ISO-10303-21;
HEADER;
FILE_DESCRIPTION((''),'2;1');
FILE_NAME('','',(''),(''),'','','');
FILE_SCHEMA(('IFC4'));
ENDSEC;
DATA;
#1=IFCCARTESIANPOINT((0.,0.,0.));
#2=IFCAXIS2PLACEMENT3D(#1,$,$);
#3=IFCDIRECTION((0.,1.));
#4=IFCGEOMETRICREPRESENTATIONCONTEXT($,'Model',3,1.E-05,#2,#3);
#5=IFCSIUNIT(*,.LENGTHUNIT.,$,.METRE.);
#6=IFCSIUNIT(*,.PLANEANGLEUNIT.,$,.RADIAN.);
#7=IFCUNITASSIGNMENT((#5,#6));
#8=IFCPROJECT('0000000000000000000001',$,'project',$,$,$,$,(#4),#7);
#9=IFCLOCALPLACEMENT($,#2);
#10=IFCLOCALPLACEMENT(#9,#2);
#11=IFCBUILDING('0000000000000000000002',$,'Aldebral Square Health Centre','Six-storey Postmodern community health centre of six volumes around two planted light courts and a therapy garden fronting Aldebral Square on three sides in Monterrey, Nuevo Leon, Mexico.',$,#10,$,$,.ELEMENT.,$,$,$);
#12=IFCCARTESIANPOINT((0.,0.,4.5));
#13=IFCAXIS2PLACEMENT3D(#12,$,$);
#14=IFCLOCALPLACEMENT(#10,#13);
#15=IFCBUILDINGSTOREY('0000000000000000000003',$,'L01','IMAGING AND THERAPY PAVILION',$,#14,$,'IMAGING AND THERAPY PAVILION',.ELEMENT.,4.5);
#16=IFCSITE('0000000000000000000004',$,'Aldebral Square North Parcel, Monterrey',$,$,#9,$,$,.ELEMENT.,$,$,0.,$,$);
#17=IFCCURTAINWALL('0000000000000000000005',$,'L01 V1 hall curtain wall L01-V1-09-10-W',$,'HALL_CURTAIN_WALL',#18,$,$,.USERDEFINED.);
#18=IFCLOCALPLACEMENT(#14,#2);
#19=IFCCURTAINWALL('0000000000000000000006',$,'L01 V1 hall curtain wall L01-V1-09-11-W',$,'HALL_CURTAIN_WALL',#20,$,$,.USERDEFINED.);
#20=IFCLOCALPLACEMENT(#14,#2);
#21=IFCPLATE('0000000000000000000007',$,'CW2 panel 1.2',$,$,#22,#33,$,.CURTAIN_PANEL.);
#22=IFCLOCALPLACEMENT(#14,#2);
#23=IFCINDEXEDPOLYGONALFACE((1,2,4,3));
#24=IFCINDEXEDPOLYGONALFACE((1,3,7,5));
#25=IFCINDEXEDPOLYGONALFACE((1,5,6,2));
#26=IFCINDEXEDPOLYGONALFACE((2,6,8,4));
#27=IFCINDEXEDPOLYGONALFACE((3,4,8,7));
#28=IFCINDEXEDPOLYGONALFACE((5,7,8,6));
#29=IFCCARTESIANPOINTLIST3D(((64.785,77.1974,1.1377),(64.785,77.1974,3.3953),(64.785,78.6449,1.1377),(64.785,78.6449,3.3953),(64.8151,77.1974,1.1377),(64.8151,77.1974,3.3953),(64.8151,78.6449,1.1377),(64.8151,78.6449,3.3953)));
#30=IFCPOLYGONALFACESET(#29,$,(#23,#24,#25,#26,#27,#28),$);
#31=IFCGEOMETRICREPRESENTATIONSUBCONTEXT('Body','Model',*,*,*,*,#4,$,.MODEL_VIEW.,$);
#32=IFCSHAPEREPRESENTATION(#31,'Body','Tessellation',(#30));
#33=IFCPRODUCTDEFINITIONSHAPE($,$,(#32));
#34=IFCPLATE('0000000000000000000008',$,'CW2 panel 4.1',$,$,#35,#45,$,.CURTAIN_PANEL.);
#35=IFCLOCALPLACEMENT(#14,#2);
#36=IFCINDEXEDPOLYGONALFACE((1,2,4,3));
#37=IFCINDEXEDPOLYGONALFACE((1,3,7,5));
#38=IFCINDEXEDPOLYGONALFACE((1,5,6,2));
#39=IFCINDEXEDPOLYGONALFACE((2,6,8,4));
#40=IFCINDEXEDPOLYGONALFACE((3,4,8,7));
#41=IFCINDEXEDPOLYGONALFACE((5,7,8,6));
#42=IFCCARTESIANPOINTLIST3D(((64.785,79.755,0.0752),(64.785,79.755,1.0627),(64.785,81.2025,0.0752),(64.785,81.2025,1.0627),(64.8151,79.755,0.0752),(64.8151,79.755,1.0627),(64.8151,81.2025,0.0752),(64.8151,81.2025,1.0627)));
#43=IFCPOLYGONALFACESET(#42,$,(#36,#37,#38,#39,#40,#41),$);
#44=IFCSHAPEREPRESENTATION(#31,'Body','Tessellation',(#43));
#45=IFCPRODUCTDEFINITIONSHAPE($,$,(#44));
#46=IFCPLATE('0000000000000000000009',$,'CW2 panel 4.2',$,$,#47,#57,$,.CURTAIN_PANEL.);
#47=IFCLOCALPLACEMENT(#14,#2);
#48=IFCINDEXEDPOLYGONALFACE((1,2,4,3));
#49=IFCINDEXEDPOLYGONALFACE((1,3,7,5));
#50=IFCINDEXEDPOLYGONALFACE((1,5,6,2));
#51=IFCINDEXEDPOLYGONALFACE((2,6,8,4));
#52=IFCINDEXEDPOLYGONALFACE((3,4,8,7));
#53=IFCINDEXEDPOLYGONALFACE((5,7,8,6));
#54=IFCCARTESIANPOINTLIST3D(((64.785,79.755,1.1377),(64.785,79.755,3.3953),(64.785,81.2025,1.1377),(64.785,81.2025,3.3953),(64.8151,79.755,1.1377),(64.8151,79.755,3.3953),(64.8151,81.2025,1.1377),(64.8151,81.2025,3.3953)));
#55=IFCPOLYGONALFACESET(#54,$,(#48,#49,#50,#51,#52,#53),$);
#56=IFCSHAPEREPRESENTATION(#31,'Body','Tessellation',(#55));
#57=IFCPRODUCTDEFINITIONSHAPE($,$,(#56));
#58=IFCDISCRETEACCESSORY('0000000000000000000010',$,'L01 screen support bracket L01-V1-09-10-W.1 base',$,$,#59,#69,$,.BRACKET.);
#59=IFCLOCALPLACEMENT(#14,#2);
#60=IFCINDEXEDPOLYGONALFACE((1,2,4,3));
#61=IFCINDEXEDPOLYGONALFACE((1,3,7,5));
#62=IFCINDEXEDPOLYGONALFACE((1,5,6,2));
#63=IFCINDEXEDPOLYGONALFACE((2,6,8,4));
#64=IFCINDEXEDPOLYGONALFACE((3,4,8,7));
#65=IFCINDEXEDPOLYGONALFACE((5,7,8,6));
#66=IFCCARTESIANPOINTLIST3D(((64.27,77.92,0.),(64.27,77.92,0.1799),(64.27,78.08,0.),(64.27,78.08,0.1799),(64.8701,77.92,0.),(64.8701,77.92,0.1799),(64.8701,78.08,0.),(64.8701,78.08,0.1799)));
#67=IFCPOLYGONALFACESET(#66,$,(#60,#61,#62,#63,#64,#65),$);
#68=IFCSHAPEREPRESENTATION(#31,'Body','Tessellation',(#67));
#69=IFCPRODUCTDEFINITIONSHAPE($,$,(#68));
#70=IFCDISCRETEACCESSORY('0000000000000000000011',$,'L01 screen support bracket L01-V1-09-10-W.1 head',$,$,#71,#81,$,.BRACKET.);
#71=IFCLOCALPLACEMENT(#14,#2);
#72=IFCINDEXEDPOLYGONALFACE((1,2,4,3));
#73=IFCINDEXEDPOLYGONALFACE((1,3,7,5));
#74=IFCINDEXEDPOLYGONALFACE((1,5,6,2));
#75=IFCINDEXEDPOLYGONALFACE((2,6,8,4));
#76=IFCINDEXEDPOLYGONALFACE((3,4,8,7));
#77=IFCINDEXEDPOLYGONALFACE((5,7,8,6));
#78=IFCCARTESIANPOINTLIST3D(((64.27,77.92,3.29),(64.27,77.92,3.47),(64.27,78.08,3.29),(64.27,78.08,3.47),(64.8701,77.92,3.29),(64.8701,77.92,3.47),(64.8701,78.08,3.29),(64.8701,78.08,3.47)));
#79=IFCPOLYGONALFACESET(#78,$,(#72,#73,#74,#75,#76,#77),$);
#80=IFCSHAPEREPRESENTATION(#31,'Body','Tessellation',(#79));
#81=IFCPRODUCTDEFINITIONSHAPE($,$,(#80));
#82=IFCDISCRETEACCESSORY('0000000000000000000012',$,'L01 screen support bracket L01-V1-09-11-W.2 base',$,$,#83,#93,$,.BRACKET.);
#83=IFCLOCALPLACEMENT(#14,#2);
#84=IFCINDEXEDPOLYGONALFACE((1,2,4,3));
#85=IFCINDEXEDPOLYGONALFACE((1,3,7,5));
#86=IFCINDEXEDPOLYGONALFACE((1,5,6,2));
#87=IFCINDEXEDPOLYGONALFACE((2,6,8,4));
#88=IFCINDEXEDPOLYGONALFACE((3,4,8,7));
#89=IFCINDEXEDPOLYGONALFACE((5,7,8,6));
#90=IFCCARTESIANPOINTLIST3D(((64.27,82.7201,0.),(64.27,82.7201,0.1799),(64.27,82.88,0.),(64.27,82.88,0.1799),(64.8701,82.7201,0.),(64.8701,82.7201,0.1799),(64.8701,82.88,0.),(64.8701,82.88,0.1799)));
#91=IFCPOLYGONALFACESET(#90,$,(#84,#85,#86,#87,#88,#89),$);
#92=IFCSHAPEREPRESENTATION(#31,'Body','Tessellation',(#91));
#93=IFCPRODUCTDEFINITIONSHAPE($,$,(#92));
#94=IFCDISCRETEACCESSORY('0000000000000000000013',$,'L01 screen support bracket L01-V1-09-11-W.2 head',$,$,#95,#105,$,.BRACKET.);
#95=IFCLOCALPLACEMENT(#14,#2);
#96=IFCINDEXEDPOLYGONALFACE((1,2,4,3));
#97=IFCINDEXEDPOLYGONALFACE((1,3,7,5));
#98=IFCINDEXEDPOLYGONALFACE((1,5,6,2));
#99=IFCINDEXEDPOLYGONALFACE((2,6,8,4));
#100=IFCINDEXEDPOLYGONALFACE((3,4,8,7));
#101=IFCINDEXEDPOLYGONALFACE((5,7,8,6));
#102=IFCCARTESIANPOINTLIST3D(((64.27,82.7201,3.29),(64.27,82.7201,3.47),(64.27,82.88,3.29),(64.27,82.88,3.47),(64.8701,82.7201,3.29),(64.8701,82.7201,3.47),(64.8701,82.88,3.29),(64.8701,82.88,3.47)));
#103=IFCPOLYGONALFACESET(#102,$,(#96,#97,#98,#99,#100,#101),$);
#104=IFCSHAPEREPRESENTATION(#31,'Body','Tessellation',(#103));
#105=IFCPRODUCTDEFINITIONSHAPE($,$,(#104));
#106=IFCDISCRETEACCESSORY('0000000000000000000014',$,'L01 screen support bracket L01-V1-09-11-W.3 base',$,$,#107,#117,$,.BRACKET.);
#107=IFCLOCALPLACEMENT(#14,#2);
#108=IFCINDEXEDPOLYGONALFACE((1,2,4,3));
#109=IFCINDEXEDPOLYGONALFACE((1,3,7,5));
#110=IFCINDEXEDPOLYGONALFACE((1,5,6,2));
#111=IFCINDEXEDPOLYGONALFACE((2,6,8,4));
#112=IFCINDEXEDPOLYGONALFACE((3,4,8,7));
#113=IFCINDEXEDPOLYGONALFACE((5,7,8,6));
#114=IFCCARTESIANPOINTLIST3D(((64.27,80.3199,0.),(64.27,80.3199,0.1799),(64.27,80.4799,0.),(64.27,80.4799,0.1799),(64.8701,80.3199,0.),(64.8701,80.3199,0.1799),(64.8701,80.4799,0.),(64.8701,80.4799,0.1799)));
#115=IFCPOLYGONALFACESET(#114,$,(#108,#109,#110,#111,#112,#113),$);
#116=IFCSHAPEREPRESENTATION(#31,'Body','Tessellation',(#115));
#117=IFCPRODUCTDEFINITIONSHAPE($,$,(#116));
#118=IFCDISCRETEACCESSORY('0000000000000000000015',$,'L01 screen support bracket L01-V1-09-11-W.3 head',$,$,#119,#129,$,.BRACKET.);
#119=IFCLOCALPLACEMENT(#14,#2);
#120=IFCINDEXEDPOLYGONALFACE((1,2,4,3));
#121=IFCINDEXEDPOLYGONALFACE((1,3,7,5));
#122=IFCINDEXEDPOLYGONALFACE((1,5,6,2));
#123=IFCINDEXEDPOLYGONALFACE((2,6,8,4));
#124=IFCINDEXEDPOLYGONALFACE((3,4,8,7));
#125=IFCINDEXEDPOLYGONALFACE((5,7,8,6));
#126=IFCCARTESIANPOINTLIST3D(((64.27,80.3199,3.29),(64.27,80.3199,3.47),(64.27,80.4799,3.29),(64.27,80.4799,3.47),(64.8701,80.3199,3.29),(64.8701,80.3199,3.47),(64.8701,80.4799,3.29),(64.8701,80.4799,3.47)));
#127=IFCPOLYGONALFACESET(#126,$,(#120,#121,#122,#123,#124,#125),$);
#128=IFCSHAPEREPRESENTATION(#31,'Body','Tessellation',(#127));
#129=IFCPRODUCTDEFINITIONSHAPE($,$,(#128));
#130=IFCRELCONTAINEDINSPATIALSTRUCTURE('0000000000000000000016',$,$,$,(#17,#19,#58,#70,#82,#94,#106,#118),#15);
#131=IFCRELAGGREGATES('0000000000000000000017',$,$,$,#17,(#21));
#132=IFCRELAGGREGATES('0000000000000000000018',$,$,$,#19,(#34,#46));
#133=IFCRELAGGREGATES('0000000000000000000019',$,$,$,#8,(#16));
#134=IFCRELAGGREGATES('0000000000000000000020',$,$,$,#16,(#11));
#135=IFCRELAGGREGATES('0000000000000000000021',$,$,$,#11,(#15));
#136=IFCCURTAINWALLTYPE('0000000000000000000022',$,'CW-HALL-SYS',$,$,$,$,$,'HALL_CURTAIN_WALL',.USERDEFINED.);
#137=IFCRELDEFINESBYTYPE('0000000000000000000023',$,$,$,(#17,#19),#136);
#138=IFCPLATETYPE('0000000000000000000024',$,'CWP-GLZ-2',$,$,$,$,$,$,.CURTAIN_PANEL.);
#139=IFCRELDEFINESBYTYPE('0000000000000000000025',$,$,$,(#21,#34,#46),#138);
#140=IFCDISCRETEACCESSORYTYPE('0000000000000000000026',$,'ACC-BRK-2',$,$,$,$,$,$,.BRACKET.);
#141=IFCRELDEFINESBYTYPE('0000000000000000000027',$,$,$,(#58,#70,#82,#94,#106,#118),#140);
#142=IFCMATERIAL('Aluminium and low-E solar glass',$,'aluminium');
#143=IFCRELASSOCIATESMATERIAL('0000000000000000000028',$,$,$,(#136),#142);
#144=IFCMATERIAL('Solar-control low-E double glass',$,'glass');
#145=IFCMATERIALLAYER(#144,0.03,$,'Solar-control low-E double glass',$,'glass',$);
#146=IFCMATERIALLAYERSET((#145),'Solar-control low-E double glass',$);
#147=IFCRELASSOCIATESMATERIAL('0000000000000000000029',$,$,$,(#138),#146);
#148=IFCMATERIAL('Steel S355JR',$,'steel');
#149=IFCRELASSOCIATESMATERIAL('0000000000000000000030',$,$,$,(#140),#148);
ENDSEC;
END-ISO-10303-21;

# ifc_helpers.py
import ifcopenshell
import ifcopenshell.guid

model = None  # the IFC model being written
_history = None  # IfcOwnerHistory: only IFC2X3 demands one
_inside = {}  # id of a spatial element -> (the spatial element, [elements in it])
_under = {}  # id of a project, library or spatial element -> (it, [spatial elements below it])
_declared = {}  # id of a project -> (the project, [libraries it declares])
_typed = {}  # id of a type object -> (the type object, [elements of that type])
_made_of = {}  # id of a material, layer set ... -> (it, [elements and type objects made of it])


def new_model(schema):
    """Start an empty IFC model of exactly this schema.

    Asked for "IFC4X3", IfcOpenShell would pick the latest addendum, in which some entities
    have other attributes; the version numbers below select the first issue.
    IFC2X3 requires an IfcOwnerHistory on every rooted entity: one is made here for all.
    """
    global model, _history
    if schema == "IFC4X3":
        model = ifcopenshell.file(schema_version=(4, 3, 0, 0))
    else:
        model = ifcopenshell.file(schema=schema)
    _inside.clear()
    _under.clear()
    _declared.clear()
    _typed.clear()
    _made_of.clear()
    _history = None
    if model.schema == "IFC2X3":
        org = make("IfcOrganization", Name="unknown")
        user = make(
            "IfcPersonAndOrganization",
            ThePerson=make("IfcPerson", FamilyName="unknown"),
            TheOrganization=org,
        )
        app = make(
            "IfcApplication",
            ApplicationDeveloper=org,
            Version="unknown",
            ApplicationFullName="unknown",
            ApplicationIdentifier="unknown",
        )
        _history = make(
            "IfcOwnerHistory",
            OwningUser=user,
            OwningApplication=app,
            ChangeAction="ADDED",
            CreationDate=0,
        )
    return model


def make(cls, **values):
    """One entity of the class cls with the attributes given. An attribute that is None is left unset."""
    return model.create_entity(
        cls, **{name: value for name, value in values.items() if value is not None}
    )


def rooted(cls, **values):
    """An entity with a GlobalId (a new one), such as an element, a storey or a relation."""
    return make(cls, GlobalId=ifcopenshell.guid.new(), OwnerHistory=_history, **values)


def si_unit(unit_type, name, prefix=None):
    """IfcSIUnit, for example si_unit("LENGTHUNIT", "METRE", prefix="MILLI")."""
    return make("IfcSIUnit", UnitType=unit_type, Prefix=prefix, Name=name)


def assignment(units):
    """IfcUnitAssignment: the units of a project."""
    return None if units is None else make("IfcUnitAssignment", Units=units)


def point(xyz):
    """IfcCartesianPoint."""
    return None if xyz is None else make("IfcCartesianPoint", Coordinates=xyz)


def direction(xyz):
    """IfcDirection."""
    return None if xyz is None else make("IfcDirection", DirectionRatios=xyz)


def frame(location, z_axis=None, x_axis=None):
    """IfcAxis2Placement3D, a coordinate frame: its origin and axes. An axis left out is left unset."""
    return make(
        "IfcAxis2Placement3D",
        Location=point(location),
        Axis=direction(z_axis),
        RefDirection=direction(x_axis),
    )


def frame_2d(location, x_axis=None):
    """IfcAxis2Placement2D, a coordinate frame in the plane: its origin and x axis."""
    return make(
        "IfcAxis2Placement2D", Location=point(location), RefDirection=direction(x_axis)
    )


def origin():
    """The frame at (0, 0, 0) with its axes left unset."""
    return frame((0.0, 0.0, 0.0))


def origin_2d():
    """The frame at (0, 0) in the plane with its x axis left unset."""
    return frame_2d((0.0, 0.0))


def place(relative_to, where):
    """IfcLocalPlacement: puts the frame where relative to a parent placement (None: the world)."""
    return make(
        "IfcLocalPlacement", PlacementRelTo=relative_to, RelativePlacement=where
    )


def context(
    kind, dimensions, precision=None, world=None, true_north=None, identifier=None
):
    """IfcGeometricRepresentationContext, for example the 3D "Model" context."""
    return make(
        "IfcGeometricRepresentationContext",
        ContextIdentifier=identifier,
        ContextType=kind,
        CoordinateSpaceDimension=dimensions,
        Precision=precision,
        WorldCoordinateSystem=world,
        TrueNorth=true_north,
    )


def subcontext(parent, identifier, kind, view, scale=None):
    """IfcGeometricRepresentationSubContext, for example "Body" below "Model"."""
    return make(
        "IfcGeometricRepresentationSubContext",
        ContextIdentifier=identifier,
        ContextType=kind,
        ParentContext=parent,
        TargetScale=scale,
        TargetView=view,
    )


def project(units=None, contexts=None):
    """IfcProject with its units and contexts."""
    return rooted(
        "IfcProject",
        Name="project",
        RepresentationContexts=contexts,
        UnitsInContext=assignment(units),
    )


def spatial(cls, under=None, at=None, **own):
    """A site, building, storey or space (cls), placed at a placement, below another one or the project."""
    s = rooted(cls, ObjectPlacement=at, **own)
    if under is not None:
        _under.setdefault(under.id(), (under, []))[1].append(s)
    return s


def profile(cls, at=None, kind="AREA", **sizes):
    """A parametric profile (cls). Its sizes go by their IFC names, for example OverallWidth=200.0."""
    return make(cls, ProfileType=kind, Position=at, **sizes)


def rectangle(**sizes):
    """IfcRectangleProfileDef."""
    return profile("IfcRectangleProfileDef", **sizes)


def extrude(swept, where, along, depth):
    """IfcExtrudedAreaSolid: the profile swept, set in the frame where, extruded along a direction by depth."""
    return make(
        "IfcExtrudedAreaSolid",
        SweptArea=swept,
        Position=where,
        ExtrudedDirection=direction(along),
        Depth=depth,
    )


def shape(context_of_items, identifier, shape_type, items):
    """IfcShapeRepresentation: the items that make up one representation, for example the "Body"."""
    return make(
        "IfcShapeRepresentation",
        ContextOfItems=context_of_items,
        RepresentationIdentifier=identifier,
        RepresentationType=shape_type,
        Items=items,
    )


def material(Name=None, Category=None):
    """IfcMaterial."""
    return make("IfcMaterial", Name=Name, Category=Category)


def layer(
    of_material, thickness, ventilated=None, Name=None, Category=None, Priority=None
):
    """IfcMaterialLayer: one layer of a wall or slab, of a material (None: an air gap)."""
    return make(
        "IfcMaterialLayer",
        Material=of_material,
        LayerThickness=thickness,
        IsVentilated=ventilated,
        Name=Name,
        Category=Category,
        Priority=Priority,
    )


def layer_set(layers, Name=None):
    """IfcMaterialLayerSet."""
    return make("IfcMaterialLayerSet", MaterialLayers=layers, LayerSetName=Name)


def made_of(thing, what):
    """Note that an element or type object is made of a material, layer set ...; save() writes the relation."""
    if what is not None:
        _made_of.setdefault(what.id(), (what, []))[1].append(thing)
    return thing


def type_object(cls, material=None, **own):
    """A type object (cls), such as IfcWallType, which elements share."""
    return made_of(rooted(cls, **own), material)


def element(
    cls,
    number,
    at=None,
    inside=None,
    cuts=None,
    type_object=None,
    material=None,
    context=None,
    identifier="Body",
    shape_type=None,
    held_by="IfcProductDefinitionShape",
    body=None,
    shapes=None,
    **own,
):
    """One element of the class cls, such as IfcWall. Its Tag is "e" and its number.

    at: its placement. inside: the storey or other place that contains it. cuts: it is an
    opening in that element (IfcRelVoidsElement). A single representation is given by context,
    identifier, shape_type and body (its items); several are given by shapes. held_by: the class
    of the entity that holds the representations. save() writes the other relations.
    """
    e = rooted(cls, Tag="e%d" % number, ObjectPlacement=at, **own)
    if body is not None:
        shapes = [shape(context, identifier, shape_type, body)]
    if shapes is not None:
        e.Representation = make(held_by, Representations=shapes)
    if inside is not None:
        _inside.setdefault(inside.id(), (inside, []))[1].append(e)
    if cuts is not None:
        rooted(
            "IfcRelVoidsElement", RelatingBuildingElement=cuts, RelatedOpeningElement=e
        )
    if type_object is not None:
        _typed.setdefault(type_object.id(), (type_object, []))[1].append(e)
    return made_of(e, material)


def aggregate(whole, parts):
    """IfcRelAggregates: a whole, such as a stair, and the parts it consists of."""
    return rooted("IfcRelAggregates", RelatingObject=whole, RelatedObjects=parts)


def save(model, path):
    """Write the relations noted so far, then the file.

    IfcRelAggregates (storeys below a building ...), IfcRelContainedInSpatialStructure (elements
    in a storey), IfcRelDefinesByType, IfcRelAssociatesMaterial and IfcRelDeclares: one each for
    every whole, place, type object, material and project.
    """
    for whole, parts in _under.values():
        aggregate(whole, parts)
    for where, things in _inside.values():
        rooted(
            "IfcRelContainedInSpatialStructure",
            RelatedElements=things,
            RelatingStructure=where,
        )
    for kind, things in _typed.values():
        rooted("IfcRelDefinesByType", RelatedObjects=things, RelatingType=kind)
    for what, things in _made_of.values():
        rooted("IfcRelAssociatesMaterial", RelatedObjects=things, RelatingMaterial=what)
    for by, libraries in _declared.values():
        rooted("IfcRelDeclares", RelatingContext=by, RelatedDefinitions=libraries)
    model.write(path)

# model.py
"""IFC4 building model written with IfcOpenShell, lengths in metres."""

from ifc_helpers import new_model, si_unit, direction, frame, origin, origin_2d, place, context, subcontext, project, spatial, rectangle, extrude, material, layer, layer_set, type_object, element, aggregate, save


model = new_model("IFC4")

# Units and contexts
model_context = context("Model", 3, precision=1e-05, world=origin(), true_north=direction((0.0, 1.0)))
body_context = subcontext(model_context, "Body", "Model", "MODEL_VIEW")
ifc_project = project(units=[si_unit("LENGTHUNIT", "METRE"), si_unit("PLANEANGLEUNIT", "RADIAN")], contexts=[model_context])

# Site, building, storey
site_placement = place(None, origin())
site = spatial("IfcSite", under=ifc_project, at=site_placement, Name="Aldebral Square North Parcel, Monterrey", CompositionType="ELEMENT", RefElevation=0.0)
building_placement = place(site_placement, origin())
building = spatial("IfcBuilding", under=site, at=building_placement, Name="Aldebral Square Health Centre", Description="Six-storey Postmodern community health centre of six volumes around two planted light courts and a therapy garden fronting Aldebral Square on three sides in Monterrey, Nuevo Leon, Mexico.", CompositionType="ELEMENT")
storey_placement = place(building_placement, frame((0.0, 0.0, 4.5)))
storey = spatial("IfcBuildingStorey", under=building, at=storey_placement, Name="L01", Description="IMAGING AND THERAPY PAVILION", LongName="IMAGING AND THERAPY PAVILION", CompositionType="ELEMENT", Elevation=4.5)

# Curtain wall
ifc_material_1 = material(Name="Aluminium and low-E solar glass", Category="aluminium")
curtain_wall_type = type_object("IfcCurtainWallType", Name="CW-HALL-SYS", ElementType="HALL_CURTAIN_WALL", PredefinedType="USERDEFINED", material=ifc_material_1)
curtain_wall_1_placement = place(storey_placement, origin())
curtain_wall_1 = element("IfcCurtainWall", 1, at=curtain_wall_1_placement, inside=storey, type_object=curtain_wall_type, Name="L01 V1 hall curtain wall L01-V1-09-10-W", ObjectType="HALL_CURTAIN_WALL", PredefinedType="USERDEFINED")

# Curtain wall
curtain_wall_2_placement = place(storey_placement, origin())
curtain_wall_2 = element("IfcCurtainWall", 2, at=curtain_wall_2_placement, inside=storey, type_object=curtain_wall_type, Name="L01 V1 hall curtain wall L01-V1-09-11-W", ObjectType="HALL_CURTAIN_WALL", PredefinedType="USERDEFINED")

# Plates
ifc_material_2 = material(Name="Solar-control low-E double glass", Category="glass")
ifc_layer_1 = layer(ifc_material_2, 0.03, Name="Solar-control low-E double glass", Category="glass")
ifc_layer_set_1 = layer_set([ifc_layer_1], Name="Solar-control low-E double glass")
plate_type = type_object("IfcPlateType", Name="CWP-GLZ-2", PredefinedType="CURTAIN_PANEL", material=ifc_layer_set_1)
plate_1_placement = place(storey_placement, frame((64.8, 77.9211, 1.1377), z_axis=(0.0, 0.0, 1.0), x_axis=(0.0, -1.0, 0.0)))
plate_1 = element("IfcPlate", 3, at=plate_1_placement, type_object=plate_type, Name="CW2 panel 1.2", PredefinedType="CURTAIN_PANEL", context=body_context, shape_type="SweptSolid", body=[
    extrude(rectangle(XDim=1.4475, YDim=0.03, at=origin_2d()), origin(), (0.0, 0.0, 1.0), 2.2576),
])
aggregate(curtain_wall_1, [plate_1])
plate_2_placement = place(storey_placement, frame((64.8, 80.4788, 0.0752), z_axis=(0.0, 0.0, 1.0), x_axis=(0.0, -1.0, 0.0)))
plate_2 = element("IfcPlate", 4, at=plate_2_placement, type_object=plate_type, Name="CW2 panel 4.1", PredefinedType="CURTAIN_PANEL", context=body_context, shape_type="SweptSolid", body=[
    extrude(rectangle(XDim=1.4475, YDim=0.03, at=origin_2d()), origin(), (0.0, 0.0, 1.0), 0.9875),
])
plate_3_placement = place(storey_placement, frame((64.8, 80.4788, 1.1377), z_axis=(0.0, 0.0, 1.0), x_axis=(0.0, -1.0, 0.0)))
plate_3 = element("IfcPlate", 5, at=plate_3_placement, type_object=plate_type, Name="CW2 panel 4.2", PredefinedType="CURTAIN_PANEL", context=body_context, shape_type="SweptSolid", body=[
    extrude(rectangle(XDim=1.4475, YDim=0.03, at=origin_2d()), origin(), (0.0, 0.0, 1.0), 2.2576),
])
aggregate(curtain_wall_2, [plate_2, plate_3])

# Discrete accessories
ifc_material_3 = material(Name="Steel S355JR", Category="steel")
discrete_accessory_type = type_object("IfcDiscreteAccessoryType", Name="ACC-BRK-2", PredefinedType="BRACKET", material=ifc_material_3)
for number, where, z_axis, x_axis, name in (
    (6, (64.5701, 78.0, 0.0), (0.0, 0.0, 1.0), (0.0, 1.0, 0.0), "L01 screen support bracket L01-V1-09-10-W.1 base"),
    (7, (64.5701, 78.0, 3.29), (0.0, 0.0, 1.0), (0.0, 1.0, 0.0), "L01 screen support bracket L01-V1-09-10-W.1 head"),
    (8, (64.5701, 82.8, 0.0), (0.0, 0.0, 1.0), (0.0, 1.0, 0.0), "L01 screen support bracket L01-V1-09-11-W.2 base"),
    (9, (64.5701, 82.8, 3.29), (0.0, 0.0, 1.0), (0.0, 1.0, 0.0), "L01 screen support bracket L01-V1-09-11-W.2 head"),
    (10, (64.5701, 80.3999, 0.0), (0.0, 0.0, 1.0), (0.0, 1.0, 0.0), "L01 screen support bracket L01-V1-09-11-W.3 base"),
    (11, (64.5701, 80.3999, 3.29), (0.0, 0.0, 1.0), (0.0, 1.0, 0.0), "L01 screen support bracket L01-V1-09-11-W.3 head"),
):
    element("IfcDiscreteAccessory", number, at=place(storey_placement, frame(where, z_axis=z_axis, x_axis=x_axis)), inside=storey, type_object=discrete_accessory_type, Name=name, PredefinedType="BRACKET", context=body_context, shape_type="SweptSolid", body=[
        extrude(rectangle(XDim=0.1599, YDim=0.6001, at=origin_2d()), origin(), (0.0, 0.0, 1.0), 0.1799),
    ])

save(model, "model.ifc")
